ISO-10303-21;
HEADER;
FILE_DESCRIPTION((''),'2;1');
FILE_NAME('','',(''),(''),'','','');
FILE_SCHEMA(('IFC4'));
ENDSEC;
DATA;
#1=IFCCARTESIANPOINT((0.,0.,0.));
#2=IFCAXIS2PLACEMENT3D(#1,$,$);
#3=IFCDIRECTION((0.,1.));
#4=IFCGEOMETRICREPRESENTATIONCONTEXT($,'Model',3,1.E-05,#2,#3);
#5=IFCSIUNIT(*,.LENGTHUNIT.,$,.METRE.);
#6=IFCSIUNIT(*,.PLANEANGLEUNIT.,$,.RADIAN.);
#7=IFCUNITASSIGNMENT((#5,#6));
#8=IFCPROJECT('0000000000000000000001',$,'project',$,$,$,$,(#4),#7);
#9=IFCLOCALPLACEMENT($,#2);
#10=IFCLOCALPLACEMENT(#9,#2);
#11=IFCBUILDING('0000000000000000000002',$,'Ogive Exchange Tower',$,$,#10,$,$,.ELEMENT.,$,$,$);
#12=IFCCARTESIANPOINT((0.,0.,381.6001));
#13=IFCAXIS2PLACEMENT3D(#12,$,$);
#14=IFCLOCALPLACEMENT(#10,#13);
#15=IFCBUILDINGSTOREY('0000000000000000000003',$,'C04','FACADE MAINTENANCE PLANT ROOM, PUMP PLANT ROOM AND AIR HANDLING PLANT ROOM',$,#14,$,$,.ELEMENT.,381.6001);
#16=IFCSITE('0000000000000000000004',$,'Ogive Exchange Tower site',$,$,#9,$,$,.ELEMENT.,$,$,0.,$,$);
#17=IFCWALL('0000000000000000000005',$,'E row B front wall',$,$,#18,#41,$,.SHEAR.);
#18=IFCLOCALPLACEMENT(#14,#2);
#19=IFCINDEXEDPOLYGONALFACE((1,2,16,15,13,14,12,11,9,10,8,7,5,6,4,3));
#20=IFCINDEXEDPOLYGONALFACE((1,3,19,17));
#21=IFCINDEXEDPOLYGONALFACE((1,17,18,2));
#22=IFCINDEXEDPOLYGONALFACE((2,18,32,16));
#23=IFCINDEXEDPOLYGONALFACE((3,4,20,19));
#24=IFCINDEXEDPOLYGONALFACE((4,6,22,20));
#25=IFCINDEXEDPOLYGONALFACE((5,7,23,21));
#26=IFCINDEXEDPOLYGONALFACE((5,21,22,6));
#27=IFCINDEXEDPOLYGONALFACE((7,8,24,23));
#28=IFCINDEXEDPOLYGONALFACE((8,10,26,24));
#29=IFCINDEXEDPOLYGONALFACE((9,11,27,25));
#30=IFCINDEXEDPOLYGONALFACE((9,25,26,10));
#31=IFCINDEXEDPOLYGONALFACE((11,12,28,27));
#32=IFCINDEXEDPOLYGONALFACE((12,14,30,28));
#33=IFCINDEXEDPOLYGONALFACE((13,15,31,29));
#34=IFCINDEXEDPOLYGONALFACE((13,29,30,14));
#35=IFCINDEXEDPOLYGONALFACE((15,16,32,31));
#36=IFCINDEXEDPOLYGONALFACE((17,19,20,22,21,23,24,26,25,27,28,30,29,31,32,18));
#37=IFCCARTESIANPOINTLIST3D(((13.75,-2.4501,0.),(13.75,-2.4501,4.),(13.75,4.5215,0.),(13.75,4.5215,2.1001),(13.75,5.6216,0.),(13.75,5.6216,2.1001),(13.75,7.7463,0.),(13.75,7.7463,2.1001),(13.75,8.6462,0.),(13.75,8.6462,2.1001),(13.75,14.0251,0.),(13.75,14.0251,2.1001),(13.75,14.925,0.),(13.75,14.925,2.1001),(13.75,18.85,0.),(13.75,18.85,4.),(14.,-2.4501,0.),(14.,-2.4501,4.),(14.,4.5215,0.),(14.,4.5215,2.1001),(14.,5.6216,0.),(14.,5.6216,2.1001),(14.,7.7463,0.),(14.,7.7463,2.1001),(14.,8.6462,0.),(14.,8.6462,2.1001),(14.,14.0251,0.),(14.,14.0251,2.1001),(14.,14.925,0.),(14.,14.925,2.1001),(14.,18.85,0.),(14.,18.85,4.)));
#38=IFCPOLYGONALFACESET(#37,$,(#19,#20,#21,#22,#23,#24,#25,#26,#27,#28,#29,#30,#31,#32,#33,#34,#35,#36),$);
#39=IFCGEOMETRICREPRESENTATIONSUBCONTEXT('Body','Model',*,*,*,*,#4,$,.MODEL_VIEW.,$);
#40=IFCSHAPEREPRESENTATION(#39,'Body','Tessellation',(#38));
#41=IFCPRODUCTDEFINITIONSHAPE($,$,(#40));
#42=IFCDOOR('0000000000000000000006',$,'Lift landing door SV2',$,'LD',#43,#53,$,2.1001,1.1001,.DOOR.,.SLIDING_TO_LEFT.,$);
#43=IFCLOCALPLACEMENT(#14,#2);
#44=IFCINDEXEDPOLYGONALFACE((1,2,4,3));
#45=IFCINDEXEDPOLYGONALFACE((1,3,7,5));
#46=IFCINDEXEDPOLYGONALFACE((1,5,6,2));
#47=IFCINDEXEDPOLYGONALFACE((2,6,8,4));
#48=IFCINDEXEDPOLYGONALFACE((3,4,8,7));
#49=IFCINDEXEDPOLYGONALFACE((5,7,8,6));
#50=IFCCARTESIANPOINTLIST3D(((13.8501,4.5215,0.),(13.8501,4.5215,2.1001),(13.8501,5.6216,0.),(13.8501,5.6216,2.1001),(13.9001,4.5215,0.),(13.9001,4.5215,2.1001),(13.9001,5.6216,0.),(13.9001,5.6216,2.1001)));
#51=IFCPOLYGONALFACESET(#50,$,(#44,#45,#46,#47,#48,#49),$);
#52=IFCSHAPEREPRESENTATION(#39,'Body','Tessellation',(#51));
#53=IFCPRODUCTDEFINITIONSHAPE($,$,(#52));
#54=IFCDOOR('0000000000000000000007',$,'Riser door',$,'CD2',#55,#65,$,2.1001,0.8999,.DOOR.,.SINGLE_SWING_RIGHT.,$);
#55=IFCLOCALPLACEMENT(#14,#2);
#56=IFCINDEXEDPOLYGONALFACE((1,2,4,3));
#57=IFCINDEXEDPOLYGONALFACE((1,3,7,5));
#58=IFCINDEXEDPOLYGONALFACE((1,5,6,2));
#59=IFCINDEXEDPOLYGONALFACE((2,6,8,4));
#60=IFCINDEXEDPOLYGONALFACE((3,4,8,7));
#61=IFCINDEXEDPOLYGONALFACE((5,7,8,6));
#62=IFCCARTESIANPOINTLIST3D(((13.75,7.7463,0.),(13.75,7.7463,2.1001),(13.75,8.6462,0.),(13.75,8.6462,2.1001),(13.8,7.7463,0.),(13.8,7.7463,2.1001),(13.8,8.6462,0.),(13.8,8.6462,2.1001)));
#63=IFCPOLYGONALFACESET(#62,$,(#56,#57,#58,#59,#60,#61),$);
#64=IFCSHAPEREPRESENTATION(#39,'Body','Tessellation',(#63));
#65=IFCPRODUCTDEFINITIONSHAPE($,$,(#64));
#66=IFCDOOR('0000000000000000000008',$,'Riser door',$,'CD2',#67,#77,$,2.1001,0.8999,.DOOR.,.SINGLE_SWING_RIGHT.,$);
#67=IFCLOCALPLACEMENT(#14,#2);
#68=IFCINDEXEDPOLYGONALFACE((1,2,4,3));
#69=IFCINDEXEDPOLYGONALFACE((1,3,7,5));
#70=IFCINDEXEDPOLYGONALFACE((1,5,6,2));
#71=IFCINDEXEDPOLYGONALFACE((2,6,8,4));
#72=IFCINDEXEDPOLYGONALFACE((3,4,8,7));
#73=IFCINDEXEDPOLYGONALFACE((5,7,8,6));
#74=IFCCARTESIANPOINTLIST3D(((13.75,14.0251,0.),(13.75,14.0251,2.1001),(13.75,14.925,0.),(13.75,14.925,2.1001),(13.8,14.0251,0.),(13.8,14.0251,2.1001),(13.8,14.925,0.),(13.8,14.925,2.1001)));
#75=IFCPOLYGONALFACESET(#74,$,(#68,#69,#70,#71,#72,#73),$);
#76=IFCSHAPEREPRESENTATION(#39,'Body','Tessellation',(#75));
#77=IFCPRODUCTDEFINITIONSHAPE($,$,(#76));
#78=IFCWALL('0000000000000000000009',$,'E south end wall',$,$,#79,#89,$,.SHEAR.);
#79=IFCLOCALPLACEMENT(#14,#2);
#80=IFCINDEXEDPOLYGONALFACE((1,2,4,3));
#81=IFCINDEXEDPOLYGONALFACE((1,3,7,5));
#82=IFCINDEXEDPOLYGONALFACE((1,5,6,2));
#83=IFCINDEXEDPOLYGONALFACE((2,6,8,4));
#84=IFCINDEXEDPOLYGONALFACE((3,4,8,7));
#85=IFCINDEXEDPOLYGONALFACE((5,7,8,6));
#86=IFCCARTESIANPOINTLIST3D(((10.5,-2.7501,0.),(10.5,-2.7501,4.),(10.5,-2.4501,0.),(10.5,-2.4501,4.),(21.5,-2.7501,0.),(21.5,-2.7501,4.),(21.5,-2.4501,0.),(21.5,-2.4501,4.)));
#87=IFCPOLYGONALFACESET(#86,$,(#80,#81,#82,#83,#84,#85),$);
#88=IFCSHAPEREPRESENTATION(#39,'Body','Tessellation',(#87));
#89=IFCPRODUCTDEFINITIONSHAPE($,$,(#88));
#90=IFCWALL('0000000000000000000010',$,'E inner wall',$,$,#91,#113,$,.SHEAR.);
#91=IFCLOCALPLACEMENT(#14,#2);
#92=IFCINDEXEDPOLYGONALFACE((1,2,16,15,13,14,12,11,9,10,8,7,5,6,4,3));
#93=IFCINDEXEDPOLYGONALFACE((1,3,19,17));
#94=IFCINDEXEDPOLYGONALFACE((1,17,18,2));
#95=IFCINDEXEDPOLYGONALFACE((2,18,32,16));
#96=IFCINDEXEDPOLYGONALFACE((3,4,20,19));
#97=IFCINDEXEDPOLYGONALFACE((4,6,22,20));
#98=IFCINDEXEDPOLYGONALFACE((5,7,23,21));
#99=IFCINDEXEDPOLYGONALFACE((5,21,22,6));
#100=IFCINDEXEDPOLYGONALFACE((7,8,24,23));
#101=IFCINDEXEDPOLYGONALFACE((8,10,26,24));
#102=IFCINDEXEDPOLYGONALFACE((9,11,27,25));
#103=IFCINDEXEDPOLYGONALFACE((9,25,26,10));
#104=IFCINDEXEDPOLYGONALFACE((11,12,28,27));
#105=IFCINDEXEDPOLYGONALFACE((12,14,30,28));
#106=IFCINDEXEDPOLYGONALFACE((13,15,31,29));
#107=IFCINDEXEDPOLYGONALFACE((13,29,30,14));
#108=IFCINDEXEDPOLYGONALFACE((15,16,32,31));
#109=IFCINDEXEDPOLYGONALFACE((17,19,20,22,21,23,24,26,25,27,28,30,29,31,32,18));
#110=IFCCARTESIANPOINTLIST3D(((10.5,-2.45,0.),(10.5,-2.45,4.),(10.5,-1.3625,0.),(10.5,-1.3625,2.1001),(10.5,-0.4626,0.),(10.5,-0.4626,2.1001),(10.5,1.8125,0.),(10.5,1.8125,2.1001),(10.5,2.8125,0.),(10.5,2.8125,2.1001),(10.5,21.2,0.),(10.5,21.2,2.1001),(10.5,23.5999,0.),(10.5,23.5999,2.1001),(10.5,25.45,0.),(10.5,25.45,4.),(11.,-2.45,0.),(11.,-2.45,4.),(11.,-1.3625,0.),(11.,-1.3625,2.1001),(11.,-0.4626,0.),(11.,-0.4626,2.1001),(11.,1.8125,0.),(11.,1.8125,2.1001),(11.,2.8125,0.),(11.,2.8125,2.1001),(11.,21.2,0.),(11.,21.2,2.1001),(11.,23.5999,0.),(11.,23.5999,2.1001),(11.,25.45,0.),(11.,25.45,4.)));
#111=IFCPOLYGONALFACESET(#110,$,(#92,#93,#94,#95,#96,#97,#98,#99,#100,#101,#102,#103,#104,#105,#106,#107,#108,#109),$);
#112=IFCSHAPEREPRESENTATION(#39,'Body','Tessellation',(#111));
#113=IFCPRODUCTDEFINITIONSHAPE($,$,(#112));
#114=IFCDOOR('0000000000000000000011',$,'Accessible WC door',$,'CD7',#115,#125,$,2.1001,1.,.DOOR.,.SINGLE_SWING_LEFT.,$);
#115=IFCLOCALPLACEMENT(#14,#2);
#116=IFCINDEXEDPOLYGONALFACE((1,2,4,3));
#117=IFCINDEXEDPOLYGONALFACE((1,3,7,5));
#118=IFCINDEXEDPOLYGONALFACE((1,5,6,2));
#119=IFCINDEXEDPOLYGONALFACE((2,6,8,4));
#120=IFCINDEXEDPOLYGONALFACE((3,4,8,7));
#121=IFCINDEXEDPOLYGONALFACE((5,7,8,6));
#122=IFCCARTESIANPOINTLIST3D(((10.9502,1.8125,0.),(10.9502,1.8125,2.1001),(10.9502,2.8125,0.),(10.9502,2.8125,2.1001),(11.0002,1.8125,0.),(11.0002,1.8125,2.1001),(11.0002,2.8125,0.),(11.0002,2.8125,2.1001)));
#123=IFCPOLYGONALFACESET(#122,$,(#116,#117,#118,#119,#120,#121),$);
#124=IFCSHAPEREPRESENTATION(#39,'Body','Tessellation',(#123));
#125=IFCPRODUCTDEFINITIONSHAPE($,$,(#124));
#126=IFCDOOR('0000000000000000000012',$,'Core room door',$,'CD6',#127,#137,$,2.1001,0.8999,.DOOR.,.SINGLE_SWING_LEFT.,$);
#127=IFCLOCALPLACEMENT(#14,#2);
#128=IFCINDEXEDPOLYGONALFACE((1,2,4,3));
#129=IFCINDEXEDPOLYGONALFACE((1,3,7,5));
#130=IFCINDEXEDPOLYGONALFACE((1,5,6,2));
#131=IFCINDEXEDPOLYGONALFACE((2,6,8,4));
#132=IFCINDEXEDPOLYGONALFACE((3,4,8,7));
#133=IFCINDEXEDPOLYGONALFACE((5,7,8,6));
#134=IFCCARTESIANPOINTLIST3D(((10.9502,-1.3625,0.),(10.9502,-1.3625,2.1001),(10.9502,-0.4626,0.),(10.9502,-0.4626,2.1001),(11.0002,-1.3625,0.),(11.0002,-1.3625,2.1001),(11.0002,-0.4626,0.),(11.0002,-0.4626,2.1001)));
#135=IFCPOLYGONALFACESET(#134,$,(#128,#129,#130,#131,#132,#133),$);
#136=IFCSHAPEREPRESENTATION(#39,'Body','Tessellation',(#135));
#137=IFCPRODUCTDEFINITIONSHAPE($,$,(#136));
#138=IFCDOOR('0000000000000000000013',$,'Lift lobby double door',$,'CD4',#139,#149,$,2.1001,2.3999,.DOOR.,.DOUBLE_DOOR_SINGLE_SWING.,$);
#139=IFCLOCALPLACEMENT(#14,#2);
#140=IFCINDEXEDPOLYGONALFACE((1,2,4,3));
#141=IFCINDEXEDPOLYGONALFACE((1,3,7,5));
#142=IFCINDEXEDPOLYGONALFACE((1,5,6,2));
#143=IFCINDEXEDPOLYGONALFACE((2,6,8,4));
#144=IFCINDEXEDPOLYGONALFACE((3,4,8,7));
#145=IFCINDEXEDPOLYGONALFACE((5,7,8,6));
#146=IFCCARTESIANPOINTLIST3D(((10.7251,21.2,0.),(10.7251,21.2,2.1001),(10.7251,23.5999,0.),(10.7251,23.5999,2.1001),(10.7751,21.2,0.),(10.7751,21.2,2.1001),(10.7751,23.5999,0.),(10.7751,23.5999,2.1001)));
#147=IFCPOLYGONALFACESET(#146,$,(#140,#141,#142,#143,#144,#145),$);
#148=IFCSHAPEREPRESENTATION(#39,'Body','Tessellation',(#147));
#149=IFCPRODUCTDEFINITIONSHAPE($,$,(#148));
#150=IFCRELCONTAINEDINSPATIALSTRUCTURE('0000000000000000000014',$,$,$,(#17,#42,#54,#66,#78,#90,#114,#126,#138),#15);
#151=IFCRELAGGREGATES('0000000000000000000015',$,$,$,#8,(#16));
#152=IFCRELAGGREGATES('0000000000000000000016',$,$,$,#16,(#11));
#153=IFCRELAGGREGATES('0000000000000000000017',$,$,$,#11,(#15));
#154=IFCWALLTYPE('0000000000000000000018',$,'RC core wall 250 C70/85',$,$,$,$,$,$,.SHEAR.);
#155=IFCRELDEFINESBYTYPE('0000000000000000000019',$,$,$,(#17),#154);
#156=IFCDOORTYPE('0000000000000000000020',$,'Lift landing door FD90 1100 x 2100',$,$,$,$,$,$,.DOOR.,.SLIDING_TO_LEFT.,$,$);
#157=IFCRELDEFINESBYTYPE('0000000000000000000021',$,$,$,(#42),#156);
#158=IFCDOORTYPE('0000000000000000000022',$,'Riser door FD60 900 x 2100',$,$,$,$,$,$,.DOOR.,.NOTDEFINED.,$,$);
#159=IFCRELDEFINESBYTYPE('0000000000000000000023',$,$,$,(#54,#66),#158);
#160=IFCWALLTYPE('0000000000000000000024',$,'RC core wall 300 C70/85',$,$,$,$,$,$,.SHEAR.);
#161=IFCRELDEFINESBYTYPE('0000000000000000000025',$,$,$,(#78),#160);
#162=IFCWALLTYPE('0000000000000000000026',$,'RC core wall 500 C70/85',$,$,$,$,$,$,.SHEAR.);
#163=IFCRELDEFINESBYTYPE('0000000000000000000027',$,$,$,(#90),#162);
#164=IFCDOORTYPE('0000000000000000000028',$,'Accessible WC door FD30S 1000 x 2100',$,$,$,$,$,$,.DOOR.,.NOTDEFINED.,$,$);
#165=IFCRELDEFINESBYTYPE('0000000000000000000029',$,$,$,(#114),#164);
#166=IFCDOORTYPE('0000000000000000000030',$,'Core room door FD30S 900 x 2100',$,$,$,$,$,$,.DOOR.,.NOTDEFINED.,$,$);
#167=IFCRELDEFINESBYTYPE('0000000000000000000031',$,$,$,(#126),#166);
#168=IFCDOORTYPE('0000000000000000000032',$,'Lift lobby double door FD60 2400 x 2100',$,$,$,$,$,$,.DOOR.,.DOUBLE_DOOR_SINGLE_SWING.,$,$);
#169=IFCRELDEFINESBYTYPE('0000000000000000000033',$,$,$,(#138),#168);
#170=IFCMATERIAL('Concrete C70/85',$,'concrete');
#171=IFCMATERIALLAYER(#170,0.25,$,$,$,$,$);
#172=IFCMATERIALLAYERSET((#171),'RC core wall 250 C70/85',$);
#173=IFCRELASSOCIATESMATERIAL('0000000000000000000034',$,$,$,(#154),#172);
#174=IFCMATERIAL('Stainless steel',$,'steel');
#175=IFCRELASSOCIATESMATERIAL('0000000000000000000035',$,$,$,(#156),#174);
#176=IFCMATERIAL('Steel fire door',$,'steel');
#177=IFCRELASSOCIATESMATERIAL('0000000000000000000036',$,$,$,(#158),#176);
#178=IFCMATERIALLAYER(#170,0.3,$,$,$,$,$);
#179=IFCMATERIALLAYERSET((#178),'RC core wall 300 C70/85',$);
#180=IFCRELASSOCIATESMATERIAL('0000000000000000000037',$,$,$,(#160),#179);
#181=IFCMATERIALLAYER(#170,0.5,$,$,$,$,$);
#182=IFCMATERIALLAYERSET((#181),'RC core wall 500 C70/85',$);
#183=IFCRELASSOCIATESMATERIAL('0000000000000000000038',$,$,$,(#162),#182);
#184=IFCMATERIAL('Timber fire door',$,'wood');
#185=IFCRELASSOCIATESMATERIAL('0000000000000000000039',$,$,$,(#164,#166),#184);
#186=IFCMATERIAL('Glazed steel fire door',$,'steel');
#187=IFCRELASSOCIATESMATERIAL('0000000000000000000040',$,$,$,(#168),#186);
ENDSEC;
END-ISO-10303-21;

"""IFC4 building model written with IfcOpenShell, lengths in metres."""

from ifc_helpers import new_model, si_unit, direction, frame, frame_2d, origin, place, context, subcontext, project, spatial, rectangle, extrude, material, layer, layer_set, type_object, element, fill, save


model = new_model("IFC4")

# Units and contexts
model_context = context("Model", 3, precision=1e-05, world=origin(), true_north=direction((0.0, 1.0)))
body_context = subcontext(model_context, "Body", "Model", "MODEL_VIEW")
ifc_project = project(units=[si_unit("LENGTHUNIT", "METRE"), si_unit("PLANEANGLEUNIT", "RADIAN")], contexts=[model_context])

# Site, building, storey
site_placement = place(None, origin())
site = spatial("IfcSite", under=ifc_project, at=site_placement, Name="Ogive Exchange Tower site", CompositionType="ELEMENT", RefElevation=0.0)
building_placement = place(site_placement, origin())
building = spatial("IfcBuilding", under=site, at=building_placement, Name="Ogive Exchange Tower", CompositionType="ELEMENT")
storey_placement = place(building_placement, frame((0.0, 0.0, 381.6001)))
storey = spatial("IfcBuildingStorey", under=building, at=storey_placement, Name="C04", Description="FACADE MAINTENANCE PLANT ROOM, PUMP PLANT ROOM AND AIR HANDLING PLANT ROOM", CompositionType="ELEMENT", Elevation=381.6001)

# Wall, openings, doors
ifc_material_1 = material(Name="Concrete C70/85", Category="concrete")
ifc_layer_1 = layer(ifc_material_1, 0.25)
ifc_layer_set_1 = layer_set([ifc_layer_1], Name="RC core wall 250 C70/85")
wall_type_1 = type_object("IfcWallType", Name="RC core wall 250 C70/85", PredefinedType="SHEAR", material=ifc_layer_set_1)
wall_1_placement = place(storey_placement, frame((13.875, -2.45, 0.0), z_axis=(0.0, 0.0, 1.0), x_axis=(0.0, 1.0, 0.0)))
wall_1 = element("IfcWall", 1, at=wall_1_placement, inside=storey, type_object=wall_type_1, Name="E row B front wall", PredefinedType="SHEAR", context=body_context, shape_type="SweptSolid", body=[
    extrude(rectangle(XDim=21.3, YDim=0.25, at=frame_2d((10.6499, 0.0))), origin(), (0.0, 0.0, 1.0), 4.0),
])
opening_1_placement = place(wall_1_placement, frame((10.1963, 0.0, 0.0)))
opening_1 = element("IfcOpeningElement", 2, at=opening_1_placement, cuts=wall_1, PredefinedType="OPENING", context=body_context, shape_type="SweptSolid", body=[
    extrude(rectangle(XDim=0.8999, YDim=2.1001, at=frame_2d((0.45, 1.05))), frame((0.0, 0.135, 0.0), z_axis=(0.0, -1.0, 0.0), x_axis=(1.0, 0.0, 0.0)), (0.0, 0.0, 1.0), 0.27),
])
opening_2_placement = place(wall_1_placement, frame((16.4751, 0.0, 0.0)))
opening_2 = element("IfcOpeningElement", 3, at=opening_2_placement, cuts=wall_1, PredefinedType="OPENING", context=body_context, shape_type="SweptSolid", body=[
    extrude(rectangle(XDim=0.8999, YDim=2.1001, at=frame_2d((0.45, 1.05))), frame((0.0, 0.135, 0.0), z_axis=(0.0, -1.0, 0.0), x_axis=(1.0, 0.0, 0.0)), (0.0, 0.0, 1.0), 0.27),
])
opening_3_placement = place(wall_1_placement, frame((6.9714, 0.0, 0.0)))
opening_3 = element("IfcOpeningElement", 4, at=opening_3_placement, cuts=wall_1, PredefinedType="OPENING", context=body_context, shape_type="SweptSolid", body=[
    extrude(rectangle(XDim=1.1001, YDim=2.1001, at=frame_2d((0.55, 1.05))), frame((0.0, 0.135, 0.0), z_axis=(0.0, -1.0, 0.0), x_axis=(1.0, 0.0, 0.0)), (0.0, 0.0, 1.0), 0.27),
])
ifc_material_2 = material(Name="Stainless steel", Category="steel")
door_type_1 = type_object("IfcDoorType", Name="Lift landing door FD90 1100 x 2100", OperationType="SLIDING_TO_LEFT", PredefinedType="DOOR", material=ifc_material_2)
door_1_placement = place(opening_3_placement, origin())
door_1 = element("IfcDoor", 5, at=door_1_placement, inside=storey, type_object=door_type_1, Name="Lift landing door SV2", ObjectType="LD", OperationType="SLIDING_TO_LEFT", OverallHeight=2.1001, OverallWidth=1.1001, PredefinedType="DOOR", context=body_context, shape_type="SweptSolid", body=[
    extrude(rectangle(XDim=1.1001, YDim=2.1001, at=frame_2d((0.55, 1.05))), frame((0.0, 0.0249, 0.0), z_axis=(0.0, -1.0, 0.0), x_axis=(1.0, 0.0, 0.0)), (0.0, 0.0, 1.0), 0.05),
])
fill(opening_3, door_1)
ifc_material_3 = material(Name="Steel fire door", Category="steel")
door_type_2 = type_object("IfcDoorType", Name="Riser door FD60 900 x 2100", OperationType="NOTDEFINED", PredefinedType="DOOR", material=ifc_material_3)
door_2_placement = place(opening_1_placement, origin())
door_2 = element("IfcDoor", 6, at=door_2_placement, inside=storey, type_object=door_type_2, Name="Riser door", ObjectType="CD2", OperationType="SINGLE_SWING_RIGHT", OverallHeight=2.1001, OverallWidth=0.8999, PredefinedType="DOOR", context=body_context, shape_type="SweptSolid", body=[
    extrude(rectangle(XDim=0.8999, YDim=2.1001, at=frame_2d((0.45, 1.05))), frame((0.0, 0.125, 0.0), z_axis=(0.0, -1.0, 0.0), x_axis=(1.0, 0.0, 0.0)), (0.0, 0.0, 1.0), 0.05),
])
fill(opening_1, door_2)
door_3_placement = place(opening_2_placement, origin())
door_3 = element("IfcDoor", 7, at=door_3_placement, inside=storey, type_object=door_type_2, Name="Riser door", ObjectType="CD2", OperationType="SINGLE_SWING_RIGHT", OverallHeight=2.1001, OverallWidth=0.8999, PredefinedType="DOOR", context=body_context, shape_type="SweptSolid", body=[
    extrude(rectangle(XDim=0.8999, YDim=2.1001, at=frame_2d((0.45, 1.05))), frame((0.0, 0.125, 0.0), z_axis=(0.0, -1.0, 0.0), x_axis=(1.0, 0.0, 0.0)), (0.0, 0.0, 1.0), 0.05),
])
fill(opening_2, door_3)

# Wall
ifc_layer_2 = layer(ifc_material_1, 0.3)
ifc_layer_set_2 = layer_set([ifc_layer_2], Name="RC core wall 300 C70/85")
wall_type_2 = type_object("IfcWallType", Name="RC core wall 300 C70/85", PredefinedType="SHEAR", material=ifc_layer_set_2)
wall_2_placement = place(storey_placement, frame((10.5, -2.6001, 0.0), z_axis=(0.0, 0.0, 1.0), x_axis=(1.0, 0.0, 0.0)))
element("IfcWall", 8, at=wall_2_placement, inside=storey, type_object=wall_type_2, Name="E south end wall", PredefinedType="SHEAR", context=body_context, shape_type="SweptSolid", body=[
    extrude(rectangle(XDim=11.0, YDim=0.3, at=frame_2d((5.5, 0.0))), origin(), (0.0, 0.0, 1.0), 4.0),
])

# Wall, openings, doors
ifc_layer_3 = layer(ifc_material_1, 0.5)
ifc_layer_set_3 = layer_set([ifc_layer_3], Name="RC core wall 500 C70/85")
wall_type_3 = type_object("IfcWallType", Name="RC core wall 500 C70/85", PredefinedType="SHEAR", material=ifc_layer_set_3)
wall_3_placement = place(storey_placement, frame((10.75, -2.45, 0.0), z_axis=(0.0, 0.0, 1.0), x_axis=(0.0, 1.0, 0.0)))
wall_3 = element("IfcWall", 9, at=wall_3_placement, inside=storey, type_object=wall_type_3, Name="E inner wall", PredefinedType="SHEAR", context=body_context, shape_type="SweptSolid", body=[
    extrude(rectangle(XDim=27.8999, YDim=0.5, at=frame_2d((13.95, 0.0))), origin(), (0.0, 0.0, 1.0), 4.0),
])
opening_4_placement = place(wall_3_placement, frame((23.6499, 0.0, 0.0)))
opening_4 = element("IfcOpeningElement", 10, at=opening_4_placement, cuts=wall_3, PredefinedType="OPENING", context=body_context, shape_type="SweptSolid", body=[
    extrude(rectangle(XDim=2.3999, YDim=2.1001, at=frame_2d((1.2, 1.05))), frame((0.0, 0.26, 0.0), z_axis=(0.0, -1.0, 0.0), x_axis=(1.0, 0.0, 0.0)), (0.0, 0.0, 1.0), 0.52),
])
opening_5_placement = place(wall_3_placement, frame((1.0874, 0.0, 0.0)))
opening_5 = element("IfcOpeningElement", 11, at=opening_5_placement, cuts=wall_3, PredefinedType="OPENING", context=body_context, shape_type="SweptSolid", body=[
    extrude(rectangle(XDim=0.8999, YDim=2.1001, at=frame_2d((0.45, 1.05))), frame((0.0, 0.26, 0.0), z_axis=(0.0, -1.0, 0.0), x_axis=(1.0, 0.0, 0.0)), (0.0, 0.0, 1.0), 0.52),
])
opening_6_placement = place(wall_3_placement, frame((4.2625, 0.0, 0.0)))
opening_6 = element("IfcOpeningElement", 12, at=opening_6_placement, cuts=wall_3, PredefinedType="OPENING", context=body_context, shape_type="SweptSolid", body=[
    extrude(rectangle(XDim=1.0, YDim=2.1001, at=frame_2d((0.5, 1.05))), frame((0.0, 0.26, 0.0), z_axis=(0.0, -1.0, 0.0), x_axis=(1.0, 0.0, 0.0)), (0.0, 0.0, 1.0), 0.52),
])
ifc_material_4 = material(Name="Timber fire door", Category="wood")
door_type_3 = type_object("IfcDoorType", Name="Accessible WC door FD30S 1000 x 2100", OperationType="NOTDEFINED", PredefinedType="DOOR", material=ifc_material_4)
door_4_placement = place(opening_6_placement, origin())
door_4 = element("IfcDoor", 13, at=door_4_placement, inside=storey, type_object=door_type_3, Name="Accessible WC door", ObjectType="CD7", OperationType="SINGLE_SWING_LEFT", OverallHeight=2.1001, OverallWidth=1.0, PredefinedType="DOOR", context=body_context, shape_type="SweptSolid", body=[
    extrude(rectangle(XDim=1.0, YDim=2.1001, at=frame_2d((0.5, 1.05))), frame((0.0, -0.2002, 0.0), z_axis=(0.0, -1.0, 0.0), x_axis=(1.0, 0.0, 0.0)), (0.0, 0.0, 1.0), 0.05),
])
fill(opening_6, door_4)
door_type_4 = type_object("IfcDoorType", Name="Core room door FD30S 900 x 2100", OperationType="NOTDEFINED", PredefinedType="DOOR", material=ifc_material_4)
door_5_placement = place(opening_5_placement, origin())
door_5 = element("IfcDoor", 14, at=door_5_placement, inside=storey, type_object=door_type_4, Name="Core room door", ObjectType="CD6", OperationType="SINGLE_SWING_LEFT", OverallHeight=2.1001, OverallWidth=0.8999, PredefinedType="DOOR", context=body_context, shape_type="SweptSolid", body=[
    extrude(rectangle(XDim=0.8999, YDim=2.1001, at=frame_2d((0.45, 1.05))), frame((0.0, -0.2002, 0.0), z_axis=(0.0, -1.0, 0.0), x_axis=(1.0, 0.0, 0.0)), (0.0, 0.0, 1.0), 0.05),
])
fill(opening_5, door_5)
ifc_material_5 = material(Name="Glazed steel fire door", Category="steel")
door_type_5 = type_object("IfcDoorType", Name="Lift lobby double door FD60 2400 x 2100", OperationType="DOUBLE_DOOR_SINGLE_SWING", PredefinedType="DOOR", material=ifc_material_5)
door_6_placement = place(opening_4_placement, origin())
door_6 = element("IfcDoor", 15, at=door_6_placement, inside=storey, type_object=door_type_5, Name="Lift lobby double door", ObjectType="CD4", OperationType="DOUBLE_DOOR_SINGLE_SWING", OverallHeight=2.1001, OverallWidth=2.3999, PredefinedType="DOOR", context=body_context, shape_type="SweptSolid", body=[
    extrude(rectangle(XDim=2.3999, YDim=2.1001, at=frame_2d((1.2, 1.05))), frame((0.0, 0.0249, 0.0), z_axis=(0.0, -1.0, 0.0), x_axis=(1.0, 0.0, 0.0)), (0.0, 0.0, 1.0), 0.05),
])
fill(opening_4, door_6)

save(model, "model.ifc")
